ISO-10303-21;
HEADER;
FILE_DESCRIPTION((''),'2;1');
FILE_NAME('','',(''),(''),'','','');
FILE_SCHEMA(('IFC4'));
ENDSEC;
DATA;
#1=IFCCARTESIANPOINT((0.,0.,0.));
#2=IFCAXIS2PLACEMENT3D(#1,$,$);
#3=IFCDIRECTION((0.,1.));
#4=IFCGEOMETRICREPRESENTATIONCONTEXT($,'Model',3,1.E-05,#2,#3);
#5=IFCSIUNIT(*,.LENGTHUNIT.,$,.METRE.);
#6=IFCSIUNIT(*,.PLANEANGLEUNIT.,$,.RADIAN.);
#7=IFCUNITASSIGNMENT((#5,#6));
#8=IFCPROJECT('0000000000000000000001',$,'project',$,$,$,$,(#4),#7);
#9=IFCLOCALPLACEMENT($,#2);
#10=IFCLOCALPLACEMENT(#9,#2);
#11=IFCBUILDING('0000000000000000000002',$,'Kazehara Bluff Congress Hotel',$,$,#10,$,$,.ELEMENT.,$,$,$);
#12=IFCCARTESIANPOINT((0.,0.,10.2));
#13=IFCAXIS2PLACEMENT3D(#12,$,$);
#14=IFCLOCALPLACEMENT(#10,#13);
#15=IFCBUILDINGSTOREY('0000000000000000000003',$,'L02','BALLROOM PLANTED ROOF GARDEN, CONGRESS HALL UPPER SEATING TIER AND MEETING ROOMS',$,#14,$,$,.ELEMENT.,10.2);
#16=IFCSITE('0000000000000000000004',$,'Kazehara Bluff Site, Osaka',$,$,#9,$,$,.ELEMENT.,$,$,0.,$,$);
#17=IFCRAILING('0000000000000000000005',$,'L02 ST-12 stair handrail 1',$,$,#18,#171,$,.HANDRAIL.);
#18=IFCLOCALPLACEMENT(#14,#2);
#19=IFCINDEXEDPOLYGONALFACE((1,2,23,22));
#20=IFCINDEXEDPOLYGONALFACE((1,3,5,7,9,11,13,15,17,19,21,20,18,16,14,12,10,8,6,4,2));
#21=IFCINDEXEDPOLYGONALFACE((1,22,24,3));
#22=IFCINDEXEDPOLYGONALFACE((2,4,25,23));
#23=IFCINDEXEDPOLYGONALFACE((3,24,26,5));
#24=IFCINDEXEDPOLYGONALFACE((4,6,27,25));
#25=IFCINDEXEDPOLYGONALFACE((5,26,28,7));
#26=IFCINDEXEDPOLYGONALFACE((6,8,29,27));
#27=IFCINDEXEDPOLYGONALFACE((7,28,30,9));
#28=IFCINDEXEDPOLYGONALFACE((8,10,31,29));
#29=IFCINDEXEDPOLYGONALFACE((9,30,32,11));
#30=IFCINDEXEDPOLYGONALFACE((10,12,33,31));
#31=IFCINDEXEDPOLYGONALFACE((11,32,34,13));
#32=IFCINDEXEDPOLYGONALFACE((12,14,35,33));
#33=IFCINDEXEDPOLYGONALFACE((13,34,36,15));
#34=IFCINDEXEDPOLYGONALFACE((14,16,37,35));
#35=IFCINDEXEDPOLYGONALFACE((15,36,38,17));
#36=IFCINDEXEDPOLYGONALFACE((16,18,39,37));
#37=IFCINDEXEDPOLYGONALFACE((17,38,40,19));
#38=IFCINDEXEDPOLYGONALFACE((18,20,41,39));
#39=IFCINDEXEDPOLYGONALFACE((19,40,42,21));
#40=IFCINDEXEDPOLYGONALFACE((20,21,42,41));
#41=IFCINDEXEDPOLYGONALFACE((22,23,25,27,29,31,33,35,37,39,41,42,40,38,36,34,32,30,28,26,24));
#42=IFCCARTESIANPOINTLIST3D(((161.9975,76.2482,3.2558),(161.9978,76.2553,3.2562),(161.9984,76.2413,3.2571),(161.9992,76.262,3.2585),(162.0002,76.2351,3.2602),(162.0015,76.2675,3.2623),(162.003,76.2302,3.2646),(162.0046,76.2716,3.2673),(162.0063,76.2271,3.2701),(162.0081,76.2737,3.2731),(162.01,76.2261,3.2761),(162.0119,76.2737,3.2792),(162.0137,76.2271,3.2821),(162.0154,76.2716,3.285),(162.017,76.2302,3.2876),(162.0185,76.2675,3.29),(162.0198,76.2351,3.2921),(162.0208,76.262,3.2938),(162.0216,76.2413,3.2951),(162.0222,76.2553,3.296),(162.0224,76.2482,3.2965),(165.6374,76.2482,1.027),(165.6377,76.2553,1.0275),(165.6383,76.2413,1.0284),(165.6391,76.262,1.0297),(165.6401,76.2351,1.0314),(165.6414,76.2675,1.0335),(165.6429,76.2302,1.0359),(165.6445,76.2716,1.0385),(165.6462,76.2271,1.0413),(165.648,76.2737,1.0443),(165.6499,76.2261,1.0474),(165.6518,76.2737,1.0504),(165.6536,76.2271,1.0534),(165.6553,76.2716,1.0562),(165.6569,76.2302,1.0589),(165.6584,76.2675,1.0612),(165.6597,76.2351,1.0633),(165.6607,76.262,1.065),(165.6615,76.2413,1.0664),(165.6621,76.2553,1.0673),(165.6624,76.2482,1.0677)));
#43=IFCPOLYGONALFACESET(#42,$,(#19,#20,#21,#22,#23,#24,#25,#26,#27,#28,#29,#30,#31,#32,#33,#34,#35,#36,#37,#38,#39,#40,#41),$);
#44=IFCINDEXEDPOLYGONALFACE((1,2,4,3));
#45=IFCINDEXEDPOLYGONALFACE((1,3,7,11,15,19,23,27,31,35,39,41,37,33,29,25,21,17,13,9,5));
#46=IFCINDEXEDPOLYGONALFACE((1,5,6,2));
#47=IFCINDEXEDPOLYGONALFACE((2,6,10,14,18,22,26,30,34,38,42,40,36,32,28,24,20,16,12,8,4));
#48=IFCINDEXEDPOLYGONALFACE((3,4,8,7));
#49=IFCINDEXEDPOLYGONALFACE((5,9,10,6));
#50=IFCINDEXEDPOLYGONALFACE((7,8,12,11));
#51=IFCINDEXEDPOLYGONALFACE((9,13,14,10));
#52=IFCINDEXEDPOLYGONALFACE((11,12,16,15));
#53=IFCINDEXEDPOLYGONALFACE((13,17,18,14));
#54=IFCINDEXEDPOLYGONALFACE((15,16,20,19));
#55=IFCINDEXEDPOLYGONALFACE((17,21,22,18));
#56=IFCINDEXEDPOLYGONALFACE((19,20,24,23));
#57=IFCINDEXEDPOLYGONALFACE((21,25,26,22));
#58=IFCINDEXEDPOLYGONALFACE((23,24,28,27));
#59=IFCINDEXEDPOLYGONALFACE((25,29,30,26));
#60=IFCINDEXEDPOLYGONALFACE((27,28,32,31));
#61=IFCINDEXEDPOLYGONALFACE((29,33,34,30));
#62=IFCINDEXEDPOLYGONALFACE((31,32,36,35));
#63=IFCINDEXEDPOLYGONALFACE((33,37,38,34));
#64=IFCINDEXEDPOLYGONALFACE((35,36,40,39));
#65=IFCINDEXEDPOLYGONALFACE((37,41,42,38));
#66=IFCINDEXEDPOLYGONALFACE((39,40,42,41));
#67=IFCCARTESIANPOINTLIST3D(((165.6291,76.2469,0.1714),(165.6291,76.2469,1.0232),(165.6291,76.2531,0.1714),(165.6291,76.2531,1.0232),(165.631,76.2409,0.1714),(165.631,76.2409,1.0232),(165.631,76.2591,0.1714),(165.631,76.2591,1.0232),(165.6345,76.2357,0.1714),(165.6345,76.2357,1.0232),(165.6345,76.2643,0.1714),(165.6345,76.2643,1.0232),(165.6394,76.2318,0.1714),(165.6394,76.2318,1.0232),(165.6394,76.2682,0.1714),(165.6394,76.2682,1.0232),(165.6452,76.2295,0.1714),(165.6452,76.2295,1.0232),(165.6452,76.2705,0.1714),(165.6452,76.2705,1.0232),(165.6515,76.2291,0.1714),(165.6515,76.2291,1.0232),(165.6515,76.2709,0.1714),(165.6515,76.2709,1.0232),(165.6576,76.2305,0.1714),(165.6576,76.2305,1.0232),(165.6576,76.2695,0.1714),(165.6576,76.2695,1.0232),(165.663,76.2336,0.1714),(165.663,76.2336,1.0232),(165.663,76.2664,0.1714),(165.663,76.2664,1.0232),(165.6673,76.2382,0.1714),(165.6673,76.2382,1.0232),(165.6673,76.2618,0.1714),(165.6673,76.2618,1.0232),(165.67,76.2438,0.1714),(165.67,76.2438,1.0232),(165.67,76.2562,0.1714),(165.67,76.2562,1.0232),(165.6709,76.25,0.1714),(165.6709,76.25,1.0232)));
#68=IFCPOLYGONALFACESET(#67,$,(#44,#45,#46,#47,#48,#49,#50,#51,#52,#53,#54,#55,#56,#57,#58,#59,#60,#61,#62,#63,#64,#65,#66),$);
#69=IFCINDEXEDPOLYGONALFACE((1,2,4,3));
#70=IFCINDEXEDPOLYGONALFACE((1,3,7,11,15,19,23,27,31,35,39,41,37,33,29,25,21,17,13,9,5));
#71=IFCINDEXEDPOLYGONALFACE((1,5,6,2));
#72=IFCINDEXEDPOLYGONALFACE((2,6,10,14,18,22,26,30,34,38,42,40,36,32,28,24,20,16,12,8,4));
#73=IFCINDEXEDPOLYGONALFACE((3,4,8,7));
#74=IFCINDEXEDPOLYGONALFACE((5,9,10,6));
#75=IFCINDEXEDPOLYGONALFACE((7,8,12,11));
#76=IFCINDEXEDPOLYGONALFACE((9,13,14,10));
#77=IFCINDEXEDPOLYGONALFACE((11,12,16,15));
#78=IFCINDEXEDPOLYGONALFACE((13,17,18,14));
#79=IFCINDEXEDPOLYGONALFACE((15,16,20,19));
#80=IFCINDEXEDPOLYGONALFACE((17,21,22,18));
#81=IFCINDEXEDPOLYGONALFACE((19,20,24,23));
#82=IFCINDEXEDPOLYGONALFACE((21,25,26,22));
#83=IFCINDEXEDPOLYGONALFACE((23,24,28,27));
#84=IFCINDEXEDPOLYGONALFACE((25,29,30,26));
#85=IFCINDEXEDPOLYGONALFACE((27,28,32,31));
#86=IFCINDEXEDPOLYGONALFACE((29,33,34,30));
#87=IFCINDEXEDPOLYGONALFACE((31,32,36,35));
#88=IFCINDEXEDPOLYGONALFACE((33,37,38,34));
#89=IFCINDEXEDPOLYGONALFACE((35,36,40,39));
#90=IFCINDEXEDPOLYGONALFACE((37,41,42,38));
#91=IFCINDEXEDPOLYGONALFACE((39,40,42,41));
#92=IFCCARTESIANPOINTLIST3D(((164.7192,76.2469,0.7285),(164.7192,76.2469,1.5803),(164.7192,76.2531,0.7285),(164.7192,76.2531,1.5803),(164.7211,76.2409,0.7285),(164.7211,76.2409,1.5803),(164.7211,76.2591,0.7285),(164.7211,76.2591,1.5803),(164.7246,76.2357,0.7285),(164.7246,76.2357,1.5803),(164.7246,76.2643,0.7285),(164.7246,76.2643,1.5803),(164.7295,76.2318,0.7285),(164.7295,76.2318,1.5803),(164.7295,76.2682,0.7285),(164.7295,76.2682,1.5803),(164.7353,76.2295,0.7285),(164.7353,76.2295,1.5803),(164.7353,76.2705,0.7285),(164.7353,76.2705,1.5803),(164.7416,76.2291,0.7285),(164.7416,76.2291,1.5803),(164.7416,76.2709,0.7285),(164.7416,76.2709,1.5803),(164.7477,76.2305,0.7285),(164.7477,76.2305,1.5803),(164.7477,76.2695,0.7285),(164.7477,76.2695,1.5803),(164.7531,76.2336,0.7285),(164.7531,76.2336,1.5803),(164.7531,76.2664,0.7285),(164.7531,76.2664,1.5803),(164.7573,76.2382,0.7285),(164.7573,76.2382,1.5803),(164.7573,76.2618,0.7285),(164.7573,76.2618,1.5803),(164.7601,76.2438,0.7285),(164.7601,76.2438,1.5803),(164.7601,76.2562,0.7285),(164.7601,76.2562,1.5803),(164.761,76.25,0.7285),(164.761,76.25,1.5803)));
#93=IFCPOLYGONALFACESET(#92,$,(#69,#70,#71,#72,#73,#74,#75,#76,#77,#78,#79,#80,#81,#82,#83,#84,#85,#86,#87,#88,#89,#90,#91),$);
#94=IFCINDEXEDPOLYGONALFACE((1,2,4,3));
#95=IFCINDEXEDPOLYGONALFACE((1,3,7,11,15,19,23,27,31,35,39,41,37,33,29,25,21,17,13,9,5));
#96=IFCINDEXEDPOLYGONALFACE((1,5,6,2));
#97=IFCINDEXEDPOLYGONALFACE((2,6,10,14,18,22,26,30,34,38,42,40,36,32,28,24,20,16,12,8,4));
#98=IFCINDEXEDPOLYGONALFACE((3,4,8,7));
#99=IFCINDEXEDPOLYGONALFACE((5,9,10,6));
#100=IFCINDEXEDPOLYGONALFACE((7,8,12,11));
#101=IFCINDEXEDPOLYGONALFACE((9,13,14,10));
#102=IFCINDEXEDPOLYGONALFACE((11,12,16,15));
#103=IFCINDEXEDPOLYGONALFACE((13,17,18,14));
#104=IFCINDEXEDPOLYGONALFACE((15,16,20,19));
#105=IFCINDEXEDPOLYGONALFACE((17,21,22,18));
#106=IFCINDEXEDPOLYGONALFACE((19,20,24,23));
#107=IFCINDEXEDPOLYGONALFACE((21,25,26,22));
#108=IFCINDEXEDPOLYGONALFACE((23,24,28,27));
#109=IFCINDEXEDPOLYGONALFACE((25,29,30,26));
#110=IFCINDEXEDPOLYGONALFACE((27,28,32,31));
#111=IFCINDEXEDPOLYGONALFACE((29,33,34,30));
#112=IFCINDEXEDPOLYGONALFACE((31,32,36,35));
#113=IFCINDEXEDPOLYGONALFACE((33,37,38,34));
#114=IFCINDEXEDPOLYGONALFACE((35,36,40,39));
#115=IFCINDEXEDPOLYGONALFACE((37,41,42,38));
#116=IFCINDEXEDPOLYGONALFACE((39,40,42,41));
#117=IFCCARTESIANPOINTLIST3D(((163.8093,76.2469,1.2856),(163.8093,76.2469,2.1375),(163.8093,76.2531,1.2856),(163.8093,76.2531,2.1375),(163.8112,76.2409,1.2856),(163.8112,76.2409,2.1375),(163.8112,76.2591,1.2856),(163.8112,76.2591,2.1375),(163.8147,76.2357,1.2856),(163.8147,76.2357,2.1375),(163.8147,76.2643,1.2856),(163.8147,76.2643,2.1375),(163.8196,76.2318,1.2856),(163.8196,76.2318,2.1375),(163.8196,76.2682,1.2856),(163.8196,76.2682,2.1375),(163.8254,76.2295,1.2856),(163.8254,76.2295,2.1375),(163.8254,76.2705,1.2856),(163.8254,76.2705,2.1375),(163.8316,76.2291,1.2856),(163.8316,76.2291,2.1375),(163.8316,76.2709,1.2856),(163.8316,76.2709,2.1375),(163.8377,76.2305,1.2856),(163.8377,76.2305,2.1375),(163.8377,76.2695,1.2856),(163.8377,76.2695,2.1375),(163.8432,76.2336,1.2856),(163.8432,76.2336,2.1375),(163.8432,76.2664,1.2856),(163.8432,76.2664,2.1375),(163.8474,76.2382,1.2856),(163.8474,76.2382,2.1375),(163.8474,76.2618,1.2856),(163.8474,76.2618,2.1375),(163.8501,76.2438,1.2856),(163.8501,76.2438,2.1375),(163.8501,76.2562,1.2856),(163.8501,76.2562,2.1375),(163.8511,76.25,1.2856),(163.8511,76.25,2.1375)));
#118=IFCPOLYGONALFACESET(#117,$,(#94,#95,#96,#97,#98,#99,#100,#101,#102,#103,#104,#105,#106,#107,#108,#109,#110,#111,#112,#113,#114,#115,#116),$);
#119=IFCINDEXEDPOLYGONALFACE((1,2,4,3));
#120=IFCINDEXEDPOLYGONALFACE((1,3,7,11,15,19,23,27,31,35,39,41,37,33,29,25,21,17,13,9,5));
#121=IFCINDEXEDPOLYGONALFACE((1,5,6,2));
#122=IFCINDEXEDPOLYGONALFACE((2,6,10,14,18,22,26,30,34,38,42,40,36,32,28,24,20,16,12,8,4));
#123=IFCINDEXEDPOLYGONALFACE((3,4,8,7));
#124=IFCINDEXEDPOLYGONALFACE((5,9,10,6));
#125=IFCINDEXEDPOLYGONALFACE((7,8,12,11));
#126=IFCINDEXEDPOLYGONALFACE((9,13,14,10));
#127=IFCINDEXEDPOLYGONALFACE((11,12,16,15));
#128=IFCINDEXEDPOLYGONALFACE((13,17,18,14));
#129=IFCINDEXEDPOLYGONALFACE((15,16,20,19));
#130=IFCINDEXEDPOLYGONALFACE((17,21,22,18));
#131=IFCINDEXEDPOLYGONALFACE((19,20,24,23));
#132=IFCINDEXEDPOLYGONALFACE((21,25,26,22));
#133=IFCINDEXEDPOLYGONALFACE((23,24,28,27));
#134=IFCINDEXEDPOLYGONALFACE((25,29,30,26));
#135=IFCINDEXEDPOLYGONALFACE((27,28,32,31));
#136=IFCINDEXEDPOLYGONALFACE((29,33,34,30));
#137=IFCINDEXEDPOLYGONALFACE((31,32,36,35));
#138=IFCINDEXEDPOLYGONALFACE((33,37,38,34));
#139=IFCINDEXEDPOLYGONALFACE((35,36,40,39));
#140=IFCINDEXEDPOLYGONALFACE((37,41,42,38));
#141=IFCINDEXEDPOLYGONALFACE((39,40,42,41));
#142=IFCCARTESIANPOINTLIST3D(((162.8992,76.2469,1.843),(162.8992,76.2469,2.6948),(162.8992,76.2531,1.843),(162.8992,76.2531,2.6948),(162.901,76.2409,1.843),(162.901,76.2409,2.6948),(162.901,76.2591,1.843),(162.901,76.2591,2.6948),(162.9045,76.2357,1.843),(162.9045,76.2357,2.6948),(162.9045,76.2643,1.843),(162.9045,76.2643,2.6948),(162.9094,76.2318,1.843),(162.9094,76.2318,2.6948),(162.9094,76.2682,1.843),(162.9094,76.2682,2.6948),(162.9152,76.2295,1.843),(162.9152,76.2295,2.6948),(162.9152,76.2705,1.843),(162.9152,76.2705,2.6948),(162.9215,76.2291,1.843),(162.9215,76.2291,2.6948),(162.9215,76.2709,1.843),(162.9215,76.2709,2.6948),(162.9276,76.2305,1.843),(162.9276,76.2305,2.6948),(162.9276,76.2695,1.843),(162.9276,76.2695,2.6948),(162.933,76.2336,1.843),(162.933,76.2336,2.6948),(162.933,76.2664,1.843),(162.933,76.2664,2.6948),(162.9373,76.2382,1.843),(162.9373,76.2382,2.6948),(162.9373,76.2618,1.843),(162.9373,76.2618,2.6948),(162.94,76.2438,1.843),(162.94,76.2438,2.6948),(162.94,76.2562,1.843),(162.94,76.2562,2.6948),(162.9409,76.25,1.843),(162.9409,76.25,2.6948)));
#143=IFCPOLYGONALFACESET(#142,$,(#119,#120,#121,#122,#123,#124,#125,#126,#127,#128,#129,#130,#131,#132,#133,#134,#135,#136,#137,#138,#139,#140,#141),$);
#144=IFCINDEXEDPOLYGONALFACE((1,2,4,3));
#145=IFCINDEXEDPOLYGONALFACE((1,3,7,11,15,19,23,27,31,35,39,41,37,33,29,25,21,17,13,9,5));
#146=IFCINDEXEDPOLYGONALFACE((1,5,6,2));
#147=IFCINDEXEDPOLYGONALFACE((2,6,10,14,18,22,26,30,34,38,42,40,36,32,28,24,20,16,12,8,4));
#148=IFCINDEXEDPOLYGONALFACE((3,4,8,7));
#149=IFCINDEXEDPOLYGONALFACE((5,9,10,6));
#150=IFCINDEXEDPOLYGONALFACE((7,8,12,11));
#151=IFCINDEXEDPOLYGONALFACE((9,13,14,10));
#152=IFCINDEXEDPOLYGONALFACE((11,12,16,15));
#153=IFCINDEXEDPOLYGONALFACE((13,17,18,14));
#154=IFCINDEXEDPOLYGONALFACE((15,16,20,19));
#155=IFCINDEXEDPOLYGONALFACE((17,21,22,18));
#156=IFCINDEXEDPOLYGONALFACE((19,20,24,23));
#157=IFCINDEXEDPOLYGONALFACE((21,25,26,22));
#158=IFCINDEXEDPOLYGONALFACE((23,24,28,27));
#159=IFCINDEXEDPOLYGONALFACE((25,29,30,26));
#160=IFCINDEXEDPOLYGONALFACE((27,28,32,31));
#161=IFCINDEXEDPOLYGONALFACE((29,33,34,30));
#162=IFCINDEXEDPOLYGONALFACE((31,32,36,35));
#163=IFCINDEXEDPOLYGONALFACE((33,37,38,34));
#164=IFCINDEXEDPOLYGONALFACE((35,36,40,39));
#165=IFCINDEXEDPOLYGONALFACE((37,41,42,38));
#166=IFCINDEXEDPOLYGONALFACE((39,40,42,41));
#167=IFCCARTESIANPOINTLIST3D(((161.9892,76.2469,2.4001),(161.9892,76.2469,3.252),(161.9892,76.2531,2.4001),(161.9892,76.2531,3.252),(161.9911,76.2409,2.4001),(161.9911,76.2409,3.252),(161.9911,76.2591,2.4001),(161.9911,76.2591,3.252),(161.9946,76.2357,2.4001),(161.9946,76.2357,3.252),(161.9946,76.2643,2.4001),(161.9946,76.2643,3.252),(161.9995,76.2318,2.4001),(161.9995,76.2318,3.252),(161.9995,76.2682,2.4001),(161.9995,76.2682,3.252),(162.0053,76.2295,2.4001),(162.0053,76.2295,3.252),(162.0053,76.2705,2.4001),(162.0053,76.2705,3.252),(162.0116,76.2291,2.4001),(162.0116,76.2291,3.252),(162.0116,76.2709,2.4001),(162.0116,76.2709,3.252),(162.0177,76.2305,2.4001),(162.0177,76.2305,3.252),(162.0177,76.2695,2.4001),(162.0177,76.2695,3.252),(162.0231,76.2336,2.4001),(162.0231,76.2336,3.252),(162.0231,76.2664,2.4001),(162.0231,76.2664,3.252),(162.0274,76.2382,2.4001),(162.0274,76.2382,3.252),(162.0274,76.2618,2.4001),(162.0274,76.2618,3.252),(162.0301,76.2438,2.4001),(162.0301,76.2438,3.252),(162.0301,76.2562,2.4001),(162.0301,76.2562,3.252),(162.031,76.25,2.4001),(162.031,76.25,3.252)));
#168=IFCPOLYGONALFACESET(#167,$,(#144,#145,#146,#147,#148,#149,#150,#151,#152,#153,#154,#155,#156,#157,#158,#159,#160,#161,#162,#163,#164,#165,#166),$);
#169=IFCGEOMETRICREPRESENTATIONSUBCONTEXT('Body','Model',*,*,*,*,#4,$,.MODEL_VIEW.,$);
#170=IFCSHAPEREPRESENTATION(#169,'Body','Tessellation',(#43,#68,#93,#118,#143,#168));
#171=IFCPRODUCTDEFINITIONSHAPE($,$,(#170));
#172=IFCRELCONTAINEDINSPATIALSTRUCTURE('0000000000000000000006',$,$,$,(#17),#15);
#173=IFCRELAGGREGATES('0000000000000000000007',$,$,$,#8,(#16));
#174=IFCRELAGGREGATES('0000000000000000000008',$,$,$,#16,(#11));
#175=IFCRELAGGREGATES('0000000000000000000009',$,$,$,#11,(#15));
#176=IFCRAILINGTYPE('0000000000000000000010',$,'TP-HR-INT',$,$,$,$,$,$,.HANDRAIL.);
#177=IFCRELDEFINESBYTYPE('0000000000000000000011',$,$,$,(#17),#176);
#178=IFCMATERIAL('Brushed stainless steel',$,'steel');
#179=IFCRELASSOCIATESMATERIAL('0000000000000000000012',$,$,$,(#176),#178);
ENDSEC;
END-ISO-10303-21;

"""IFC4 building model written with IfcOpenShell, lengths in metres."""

from ifc_helpers import new_model, si_unit, direction, frame, origin, origin_2d, place, context, subcontext, project, spatial, circle, extrude, material, type_object, element, save


model = new_model("IFC4")

# Units and contexts
model_context = context("Model", 3, precision=1e-05, world=origin(), true_north=direction((0.0, 1.0)))
body_context = subcontext(model_context, "Body", "Model", "MODEL_VIEW")
ifc_project = project(units=[si_unit("LENGTHUNIT", "METRE"), si_unit("PLANEANGLEUNIT", "RADIAN")], contexts=[model_context])

# Site, building, storey
site_placement = place(None, origin())
site = spatial("IfcSite", under=ifc_project, at=site_placement, Name="Kazehara Bluff Site, Osaka", CompositionType="ELEMENT", RefElevation=0.0)
building_placement = place(site_placement, origin())
building = spatial("IfcBuilding", under=site, at=building_placement, Name="Kazehara Bluff Congress Hotel", CompositionType="ELEMENT")
storey_placement = place(building_placement, frame((0.0, 0.0, 10.2)))
storey = spatial("IfcBuildingStorey", under=building, at=storey_placement, Name="L02", Description="BALLROOM PLANTED ROOF GARDEN, CONGRESS HALL UPPER SEATING TIER AND MEETING ROOMS", CompositionType="ELEMENT", Elevation=10.2)

# Railing
ifc_material_1 = material(Name="Brushed stainless steel", Category="steel")
railing_type_1 = type_object("IfcRailingType", Name="TP-HR-INT", PredefinedType="HANDRAIL", material=ifc_material_1)
railing_1_placement = place(storey_placement, frame((165.6499, 76.25, 0.1714)))
element("IfcRailing", 1, at=railing_1_placement, inside=storey, type_object=railing_type_1, Name="L02 ST-12 stair handrail 1", PredefinedType="HANDRAIL", context=body_context, shape_type="SweptSolid", body=[
    extrude(circle(Radius=0.0239, at=origin_2d()), frame((0.0, 0.0, 0.876), z_axis=(-0.852825, 0.0, 0.522197), x_axis=(0.0, -1.0, 0.0)), (0.0, 0.0, 1.0), 4.2681),
    extrude(circle(Radius=0.021, at=origin_2d()), origin(), (0.0, 0.0, 1.0), 0.8518),
    extrude(circle(Radius=0.021, at=origin_2d()), frame((-0.9099, 0.0, 0.5571)), (0.0, 0.0, 1.0), 0.8518),
    extrude(circle(Radius=0.021, at=origin_2d()), frame((-1.8198, 0.0, 1.1143)), (0.0, 0.0, 1.0), 0.8518),
    extrude(circle(Radius=0.021, at=origin_2d()), frame((-2.73, 0.0, 1.6716)), (0.0, 0.0, 1.0), 0.8518),
    extrude(circle(Radius=0.021, at=origin_2d()), frame((-3.6399, 0.0, 2.2288)), (0.0, 0.0, 1.0), 0.8518),
])

save(model, "model.ifc")
